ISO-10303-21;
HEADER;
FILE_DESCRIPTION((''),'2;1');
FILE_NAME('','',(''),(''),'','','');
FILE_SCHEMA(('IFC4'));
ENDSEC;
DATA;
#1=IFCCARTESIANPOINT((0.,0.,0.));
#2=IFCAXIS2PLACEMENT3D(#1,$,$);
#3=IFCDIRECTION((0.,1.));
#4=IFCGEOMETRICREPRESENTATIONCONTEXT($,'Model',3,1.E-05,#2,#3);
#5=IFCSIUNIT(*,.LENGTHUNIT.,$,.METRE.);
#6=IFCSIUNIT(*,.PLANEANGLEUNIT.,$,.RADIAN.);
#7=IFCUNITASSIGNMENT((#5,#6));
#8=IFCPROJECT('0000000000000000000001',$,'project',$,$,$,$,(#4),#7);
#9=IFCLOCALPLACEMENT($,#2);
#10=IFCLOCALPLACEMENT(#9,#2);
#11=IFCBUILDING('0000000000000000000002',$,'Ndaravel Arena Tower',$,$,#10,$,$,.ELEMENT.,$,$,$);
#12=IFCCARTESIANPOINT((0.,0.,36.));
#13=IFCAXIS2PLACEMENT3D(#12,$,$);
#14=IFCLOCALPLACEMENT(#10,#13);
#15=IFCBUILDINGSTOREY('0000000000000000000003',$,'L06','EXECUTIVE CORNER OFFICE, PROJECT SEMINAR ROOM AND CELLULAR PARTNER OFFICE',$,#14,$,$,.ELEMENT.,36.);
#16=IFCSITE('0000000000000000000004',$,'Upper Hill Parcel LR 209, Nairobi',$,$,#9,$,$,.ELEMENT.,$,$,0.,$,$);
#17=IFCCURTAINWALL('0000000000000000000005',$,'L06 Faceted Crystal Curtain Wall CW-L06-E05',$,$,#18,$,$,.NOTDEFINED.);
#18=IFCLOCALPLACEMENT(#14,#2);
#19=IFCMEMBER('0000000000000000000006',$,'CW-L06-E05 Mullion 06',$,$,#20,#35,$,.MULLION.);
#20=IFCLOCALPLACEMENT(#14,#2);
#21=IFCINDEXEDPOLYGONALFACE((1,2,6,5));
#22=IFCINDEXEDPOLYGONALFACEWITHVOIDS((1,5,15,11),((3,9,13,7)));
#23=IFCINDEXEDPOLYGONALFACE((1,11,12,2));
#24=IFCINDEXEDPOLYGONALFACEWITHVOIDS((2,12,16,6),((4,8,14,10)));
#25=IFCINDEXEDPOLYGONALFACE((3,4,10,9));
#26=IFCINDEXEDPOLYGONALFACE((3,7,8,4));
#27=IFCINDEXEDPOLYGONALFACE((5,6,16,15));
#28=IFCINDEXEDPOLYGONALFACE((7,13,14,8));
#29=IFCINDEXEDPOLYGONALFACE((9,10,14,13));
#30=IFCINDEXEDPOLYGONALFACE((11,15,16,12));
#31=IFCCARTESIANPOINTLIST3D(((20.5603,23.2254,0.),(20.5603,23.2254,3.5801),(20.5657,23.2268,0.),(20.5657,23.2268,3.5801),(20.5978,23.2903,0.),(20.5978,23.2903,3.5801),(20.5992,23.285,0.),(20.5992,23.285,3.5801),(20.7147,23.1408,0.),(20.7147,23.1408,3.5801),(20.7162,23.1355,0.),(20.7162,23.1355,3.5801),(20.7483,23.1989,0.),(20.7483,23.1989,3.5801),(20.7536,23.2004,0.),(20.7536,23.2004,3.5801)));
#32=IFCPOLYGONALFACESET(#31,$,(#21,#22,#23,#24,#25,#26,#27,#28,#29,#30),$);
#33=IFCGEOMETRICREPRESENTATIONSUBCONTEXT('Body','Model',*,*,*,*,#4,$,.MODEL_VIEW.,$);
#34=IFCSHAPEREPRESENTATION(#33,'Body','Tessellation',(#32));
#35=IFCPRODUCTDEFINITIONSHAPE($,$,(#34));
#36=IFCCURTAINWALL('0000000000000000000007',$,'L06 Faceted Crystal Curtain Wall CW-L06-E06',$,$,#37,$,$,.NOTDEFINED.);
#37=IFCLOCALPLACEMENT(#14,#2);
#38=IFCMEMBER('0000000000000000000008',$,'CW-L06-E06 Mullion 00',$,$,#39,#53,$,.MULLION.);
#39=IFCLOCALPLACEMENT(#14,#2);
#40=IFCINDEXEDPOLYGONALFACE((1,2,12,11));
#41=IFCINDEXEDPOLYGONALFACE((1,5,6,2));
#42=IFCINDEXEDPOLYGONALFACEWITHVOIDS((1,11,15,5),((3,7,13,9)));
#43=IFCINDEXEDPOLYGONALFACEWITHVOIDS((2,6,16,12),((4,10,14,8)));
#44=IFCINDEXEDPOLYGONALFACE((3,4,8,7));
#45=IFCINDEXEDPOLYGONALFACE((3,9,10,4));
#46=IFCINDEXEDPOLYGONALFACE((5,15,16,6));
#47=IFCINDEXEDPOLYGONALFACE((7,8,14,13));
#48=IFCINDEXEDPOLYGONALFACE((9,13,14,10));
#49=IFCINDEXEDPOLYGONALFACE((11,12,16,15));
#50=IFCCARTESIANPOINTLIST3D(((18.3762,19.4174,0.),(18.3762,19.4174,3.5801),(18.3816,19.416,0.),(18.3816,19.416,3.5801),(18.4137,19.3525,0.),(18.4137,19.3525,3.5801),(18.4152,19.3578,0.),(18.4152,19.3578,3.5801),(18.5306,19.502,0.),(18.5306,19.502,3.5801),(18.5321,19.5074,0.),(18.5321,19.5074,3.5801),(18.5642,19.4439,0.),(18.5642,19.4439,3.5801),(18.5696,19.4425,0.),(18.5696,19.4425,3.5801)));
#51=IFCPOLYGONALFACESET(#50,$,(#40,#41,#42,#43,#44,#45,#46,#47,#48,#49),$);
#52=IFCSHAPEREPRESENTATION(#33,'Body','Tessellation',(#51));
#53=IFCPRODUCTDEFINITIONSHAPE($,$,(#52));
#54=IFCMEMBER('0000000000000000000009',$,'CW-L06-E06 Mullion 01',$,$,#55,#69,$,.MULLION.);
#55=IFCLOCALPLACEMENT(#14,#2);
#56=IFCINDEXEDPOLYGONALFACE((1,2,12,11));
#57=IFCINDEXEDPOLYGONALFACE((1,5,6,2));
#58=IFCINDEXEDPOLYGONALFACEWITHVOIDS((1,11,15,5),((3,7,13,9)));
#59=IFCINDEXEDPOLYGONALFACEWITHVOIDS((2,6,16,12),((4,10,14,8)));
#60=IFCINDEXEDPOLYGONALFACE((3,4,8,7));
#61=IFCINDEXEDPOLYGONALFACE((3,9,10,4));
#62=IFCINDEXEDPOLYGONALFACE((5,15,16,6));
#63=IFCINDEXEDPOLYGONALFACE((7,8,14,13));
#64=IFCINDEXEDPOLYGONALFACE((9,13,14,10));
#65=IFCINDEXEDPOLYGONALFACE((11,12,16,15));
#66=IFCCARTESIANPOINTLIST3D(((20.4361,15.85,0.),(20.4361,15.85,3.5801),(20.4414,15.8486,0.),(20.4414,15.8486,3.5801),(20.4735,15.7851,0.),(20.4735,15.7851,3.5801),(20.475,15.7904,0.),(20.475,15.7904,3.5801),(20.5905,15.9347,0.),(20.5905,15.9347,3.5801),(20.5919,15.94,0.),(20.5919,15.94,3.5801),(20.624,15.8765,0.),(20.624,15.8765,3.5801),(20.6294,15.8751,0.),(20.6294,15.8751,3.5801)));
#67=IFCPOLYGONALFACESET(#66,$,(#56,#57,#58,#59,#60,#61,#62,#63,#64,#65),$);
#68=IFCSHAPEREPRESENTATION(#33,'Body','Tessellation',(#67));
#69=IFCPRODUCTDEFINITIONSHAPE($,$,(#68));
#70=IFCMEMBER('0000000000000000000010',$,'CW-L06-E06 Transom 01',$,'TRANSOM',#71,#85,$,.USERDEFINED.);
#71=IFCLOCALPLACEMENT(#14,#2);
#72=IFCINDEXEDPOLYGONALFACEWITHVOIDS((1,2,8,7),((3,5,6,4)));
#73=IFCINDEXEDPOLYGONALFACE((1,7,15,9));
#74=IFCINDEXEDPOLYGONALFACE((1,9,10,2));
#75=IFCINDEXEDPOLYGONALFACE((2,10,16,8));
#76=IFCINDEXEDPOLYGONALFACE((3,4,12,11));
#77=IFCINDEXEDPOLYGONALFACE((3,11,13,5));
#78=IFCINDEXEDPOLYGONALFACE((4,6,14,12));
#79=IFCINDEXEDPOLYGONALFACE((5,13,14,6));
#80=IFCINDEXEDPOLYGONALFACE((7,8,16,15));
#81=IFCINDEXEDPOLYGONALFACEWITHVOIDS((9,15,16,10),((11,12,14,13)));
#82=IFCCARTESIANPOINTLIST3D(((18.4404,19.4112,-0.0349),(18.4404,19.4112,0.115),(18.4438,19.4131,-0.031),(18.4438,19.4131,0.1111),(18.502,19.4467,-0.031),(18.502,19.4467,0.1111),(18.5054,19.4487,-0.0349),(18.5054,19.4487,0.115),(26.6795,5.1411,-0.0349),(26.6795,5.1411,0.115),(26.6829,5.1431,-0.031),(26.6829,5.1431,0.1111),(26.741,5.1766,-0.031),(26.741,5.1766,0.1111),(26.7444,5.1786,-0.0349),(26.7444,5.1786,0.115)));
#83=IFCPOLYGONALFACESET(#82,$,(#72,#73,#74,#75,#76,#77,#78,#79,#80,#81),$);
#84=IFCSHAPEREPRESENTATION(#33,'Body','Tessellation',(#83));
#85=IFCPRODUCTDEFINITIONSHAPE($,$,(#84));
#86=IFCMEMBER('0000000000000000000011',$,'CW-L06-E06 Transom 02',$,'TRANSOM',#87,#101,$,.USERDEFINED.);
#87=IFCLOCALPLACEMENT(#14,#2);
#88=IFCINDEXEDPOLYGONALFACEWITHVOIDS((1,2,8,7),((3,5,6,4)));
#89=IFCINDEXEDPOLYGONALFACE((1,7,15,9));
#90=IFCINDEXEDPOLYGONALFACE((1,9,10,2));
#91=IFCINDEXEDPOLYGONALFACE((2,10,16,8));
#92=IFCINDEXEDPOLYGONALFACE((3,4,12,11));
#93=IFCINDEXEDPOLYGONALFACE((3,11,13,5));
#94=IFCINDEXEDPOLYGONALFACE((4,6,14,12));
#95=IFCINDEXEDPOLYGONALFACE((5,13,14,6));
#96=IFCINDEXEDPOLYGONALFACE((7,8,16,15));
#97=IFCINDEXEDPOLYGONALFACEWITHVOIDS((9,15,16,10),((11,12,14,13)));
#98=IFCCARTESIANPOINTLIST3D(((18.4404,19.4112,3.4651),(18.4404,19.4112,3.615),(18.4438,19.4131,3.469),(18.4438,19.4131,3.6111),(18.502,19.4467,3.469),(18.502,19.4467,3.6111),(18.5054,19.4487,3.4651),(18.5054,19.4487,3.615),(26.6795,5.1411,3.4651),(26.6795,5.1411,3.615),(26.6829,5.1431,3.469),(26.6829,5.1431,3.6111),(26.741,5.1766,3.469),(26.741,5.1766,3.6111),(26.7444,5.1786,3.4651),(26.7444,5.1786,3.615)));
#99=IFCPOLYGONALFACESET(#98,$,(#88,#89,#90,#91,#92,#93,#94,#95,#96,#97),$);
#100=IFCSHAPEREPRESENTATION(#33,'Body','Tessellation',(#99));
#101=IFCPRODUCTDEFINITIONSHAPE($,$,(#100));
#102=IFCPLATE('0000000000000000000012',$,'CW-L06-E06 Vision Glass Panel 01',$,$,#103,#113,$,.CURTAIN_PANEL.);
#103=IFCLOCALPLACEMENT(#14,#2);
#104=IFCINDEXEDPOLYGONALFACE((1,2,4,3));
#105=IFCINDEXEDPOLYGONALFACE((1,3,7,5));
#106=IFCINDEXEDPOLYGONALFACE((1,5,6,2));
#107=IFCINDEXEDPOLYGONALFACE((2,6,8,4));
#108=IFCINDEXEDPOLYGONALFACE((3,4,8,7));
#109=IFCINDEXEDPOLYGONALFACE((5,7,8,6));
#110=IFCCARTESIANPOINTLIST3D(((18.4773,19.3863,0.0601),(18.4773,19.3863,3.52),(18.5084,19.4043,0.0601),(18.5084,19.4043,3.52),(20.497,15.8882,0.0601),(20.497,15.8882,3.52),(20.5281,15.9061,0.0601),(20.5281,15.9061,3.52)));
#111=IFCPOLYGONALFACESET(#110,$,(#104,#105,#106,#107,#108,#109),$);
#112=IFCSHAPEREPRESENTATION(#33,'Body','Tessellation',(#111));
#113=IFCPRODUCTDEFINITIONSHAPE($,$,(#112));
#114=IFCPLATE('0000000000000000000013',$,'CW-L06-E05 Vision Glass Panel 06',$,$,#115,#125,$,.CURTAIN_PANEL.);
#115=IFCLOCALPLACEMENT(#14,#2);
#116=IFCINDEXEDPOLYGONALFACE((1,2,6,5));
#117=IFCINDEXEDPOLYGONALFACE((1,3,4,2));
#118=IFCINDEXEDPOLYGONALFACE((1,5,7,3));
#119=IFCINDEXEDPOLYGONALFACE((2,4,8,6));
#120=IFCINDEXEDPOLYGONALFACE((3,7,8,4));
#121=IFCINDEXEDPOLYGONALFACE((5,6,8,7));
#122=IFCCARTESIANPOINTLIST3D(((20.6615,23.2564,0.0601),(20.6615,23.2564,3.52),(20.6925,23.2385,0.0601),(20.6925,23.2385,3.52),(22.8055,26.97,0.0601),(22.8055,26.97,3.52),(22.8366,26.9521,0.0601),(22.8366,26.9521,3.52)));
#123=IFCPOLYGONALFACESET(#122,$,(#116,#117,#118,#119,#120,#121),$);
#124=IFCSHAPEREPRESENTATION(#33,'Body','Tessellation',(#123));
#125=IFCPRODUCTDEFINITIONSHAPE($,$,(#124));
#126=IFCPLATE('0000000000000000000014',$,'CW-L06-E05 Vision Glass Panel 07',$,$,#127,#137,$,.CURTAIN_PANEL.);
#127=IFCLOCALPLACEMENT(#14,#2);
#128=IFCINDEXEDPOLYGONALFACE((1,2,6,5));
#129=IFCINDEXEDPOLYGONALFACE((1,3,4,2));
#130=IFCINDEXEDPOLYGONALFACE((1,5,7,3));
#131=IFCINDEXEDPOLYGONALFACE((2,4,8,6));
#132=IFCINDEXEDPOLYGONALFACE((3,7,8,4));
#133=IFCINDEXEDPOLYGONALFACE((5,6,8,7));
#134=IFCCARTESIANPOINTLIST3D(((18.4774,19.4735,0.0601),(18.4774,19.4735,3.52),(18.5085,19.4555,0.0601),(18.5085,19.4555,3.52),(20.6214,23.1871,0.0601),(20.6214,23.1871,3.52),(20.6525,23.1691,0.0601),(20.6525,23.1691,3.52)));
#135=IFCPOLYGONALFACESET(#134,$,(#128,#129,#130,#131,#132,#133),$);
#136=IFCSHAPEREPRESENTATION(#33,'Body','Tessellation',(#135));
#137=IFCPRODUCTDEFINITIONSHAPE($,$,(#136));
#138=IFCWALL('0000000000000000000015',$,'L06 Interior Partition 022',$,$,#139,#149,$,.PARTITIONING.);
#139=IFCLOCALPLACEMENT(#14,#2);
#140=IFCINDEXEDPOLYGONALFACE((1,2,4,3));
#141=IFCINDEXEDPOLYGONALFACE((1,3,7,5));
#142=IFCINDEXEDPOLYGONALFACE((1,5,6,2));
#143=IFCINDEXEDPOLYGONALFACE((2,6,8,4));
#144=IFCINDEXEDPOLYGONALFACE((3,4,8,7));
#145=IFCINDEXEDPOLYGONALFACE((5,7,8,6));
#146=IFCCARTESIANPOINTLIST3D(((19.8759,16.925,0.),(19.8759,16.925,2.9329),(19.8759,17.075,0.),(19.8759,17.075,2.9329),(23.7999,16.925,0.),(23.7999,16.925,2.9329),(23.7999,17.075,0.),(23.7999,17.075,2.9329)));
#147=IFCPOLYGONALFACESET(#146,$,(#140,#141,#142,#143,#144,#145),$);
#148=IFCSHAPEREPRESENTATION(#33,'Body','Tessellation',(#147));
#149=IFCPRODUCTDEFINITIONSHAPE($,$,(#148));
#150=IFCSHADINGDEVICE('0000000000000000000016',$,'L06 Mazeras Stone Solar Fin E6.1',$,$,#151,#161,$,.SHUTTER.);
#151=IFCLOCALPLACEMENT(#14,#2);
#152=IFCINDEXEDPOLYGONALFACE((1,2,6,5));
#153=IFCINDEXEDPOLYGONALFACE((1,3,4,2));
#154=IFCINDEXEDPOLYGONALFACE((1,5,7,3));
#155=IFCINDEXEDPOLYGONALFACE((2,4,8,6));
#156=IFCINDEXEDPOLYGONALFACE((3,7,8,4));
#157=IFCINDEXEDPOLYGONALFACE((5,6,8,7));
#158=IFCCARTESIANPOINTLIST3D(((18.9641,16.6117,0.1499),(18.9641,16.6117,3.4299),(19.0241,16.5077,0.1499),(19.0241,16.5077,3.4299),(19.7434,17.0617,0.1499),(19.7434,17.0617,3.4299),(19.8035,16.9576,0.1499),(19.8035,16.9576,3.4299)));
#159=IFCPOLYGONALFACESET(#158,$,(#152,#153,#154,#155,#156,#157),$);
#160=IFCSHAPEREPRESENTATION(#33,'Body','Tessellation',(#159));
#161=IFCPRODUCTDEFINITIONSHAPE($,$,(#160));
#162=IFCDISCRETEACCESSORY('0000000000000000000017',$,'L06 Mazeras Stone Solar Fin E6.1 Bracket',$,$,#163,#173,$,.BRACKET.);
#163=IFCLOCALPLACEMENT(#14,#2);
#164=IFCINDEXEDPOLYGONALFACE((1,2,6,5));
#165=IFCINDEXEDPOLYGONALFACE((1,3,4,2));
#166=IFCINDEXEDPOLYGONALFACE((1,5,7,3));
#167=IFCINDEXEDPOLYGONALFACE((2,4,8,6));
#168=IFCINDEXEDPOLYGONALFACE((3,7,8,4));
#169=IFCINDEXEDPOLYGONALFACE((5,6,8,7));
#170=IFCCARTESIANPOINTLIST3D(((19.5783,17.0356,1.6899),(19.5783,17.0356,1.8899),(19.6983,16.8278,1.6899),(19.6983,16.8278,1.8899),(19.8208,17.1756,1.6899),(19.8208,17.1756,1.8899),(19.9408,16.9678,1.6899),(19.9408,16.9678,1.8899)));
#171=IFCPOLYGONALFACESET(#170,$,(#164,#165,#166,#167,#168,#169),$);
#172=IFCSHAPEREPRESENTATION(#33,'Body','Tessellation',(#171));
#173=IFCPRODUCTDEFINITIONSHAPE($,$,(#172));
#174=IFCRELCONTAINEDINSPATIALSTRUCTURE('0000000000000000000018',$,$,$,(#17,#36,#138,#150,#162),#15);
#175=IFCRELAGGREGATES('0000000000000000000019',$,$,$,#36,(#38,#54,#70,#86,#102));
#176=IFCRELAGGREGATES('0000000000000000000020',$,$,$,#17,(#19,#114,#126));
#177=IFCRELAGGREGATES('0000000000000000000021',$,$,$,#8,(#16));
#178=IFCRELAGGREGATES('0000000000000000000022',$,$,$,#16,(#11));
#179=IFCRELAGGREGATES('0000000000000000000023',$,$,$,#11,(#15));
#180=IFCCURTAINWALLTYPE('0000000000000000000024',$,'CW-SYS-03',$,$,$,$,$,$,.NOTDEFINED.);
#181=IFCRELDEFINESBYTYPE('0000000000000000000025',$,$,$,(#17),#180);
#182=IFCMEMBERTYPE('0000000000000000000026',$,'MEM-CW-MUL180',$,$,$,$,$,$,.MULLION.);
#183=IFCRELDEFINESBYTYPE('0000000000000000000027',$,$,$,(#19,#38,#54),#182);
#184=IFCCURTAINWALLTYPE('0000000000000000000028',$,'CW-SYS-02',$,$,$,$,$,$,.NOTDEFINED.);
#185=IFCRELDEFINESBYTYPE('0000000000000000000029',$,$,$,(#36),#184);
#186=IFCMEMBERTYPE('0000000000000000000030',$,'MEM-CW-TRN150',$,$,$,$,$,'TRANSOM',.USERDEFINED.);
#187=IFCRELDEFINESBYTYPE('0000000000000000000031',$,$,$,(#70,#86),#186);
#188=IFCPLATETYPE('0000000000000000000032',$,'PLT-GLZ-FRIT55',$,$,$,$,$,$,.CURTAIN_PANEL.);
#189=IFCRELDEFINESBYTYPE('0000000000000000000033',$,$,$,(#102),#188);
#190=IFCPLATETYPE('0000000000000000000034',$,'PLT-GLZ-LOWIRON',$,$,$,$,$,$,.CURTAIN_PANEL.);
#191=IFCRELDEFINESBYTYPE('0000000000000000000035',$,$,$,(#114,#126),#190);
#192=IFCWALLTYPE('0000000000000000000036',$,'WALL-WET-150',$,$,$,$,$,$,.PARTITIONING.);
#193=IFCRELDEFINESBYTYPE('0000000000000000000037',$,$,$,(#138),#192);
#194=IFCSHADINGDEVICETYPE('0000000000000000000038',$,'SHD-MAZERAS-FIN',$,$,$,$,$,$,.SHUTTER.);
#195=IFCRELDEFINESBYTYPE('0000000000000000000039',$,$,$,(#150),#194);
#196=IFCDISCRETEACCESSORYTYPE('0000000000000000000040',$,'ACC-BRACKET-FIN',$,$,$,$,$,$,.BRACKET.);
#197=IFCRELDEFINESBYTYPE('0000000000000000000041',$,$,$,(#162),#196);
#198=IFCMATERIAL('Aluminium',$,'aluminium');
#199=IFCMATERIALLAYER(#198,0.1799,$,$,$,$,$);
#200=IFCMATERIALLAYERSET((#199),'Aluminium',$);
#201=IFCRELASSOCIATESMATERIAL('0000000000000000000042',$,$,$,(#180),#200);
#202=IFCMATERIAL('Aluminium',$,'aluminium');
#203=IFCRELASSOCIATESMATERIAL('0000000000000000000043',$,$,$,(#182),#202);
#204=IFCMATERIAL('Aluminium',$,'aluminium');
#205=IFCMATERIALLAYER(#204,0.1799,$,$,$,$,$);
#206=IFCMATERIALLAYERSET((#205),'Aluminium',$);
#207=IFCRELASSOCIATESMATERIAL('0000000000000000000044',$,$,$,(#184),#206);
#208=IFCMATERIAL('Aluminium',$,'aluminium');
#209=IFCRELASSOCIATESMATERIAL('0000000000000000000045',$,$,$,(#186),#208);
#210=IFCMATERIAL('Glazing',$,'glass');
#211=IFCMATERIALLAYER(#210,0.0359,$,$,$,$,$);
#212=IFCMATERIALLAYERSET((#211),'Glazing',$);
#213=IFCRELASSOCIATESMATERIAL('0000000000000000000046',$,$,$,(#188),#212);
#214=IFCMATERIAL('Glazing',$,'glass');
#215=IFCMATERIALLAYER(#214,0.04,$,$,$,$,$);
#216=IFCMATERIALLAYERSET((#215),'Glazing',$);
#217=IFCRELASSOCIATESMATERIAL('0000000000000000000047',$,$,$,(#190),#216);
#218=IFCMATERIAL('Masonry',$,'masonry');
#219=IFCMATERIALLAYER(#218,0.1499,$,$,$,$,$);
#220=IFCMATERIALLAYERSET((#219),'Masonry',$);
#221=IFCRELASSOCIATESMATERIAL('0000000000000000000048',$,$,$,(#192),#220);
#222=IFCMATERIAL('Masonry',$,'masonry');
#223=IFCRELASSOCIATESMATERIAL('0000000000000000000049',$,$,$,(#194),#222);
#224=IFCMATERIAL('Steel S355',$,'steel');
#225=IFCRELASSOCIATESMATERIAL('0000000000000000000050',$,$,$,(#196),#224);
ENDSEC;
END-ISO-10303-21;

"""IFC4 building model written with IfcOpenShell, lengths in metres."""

from ifc_helpers import new_model, si_unit, direction, frame, frame_2d, origin, origin_2d, place, context, subcontext, project, spatial, rectangle, hollow_rectangle, extrude, material, layer, layer_set, material_profile, profile_set, type_object, element, aggregate, save


model = new_model("IFC4")

# Units and contexts
model_context = context("Model", 3, precision=1e-05, world=origin(), true_north=direction((0.0, 1.0)))
body_context = subcontext(model_context, "Body", "Model", "MODEL_VIEW")
ifc_project = project(units=[si_unit("LENGTHUNIT", "METRE"), si_unit("PLANEANGLEUNIT", "RADIAN")], contexts=[model_context])

# Site, building, storey
site_placement = place(None, origin())
site = spatial("IfcSite", under=ifc_project, at=site_placement, Name="Upper Hill Parcel LR 209, Nairobi", CompositionType="ELEMENT", RefElevation=0.0)
building_placement = place(site_placement, origin())
building = spatial("IfcBuilding", under=site, at=building_placement, Name="Ndaravel Arena Tower", CompositionType="ELEMENT")
storey_placement = place(building_placement, frame((0.0, 0.0, 36.0)))
storey = spatial("IfcBuildingStorey", under=building, at=storey_placement, Name="L06", Description="EXECUTIVE CORNER OFFICE, PROJECT SEMINAR ROOM AND CELLULAR PARTNER OFFICE", CompositionType="ELEMENT", Elevation=36.0)

# Curtain wall, member
ifc_material_1 = material(Name="Aluminium", Category="aluminium")
ifc_layer_1 = layer(ifc_material_1, 0.1799)
ifc_layer_set_1 = layer_set([ifc_layer_1], Name="Aluminium")
curtain_wall_type_1 = type_object("IfcCurtainWallType", Name="CW-SYS-03", PredefinedType="NOTDEFINED", material=ifc_layer_set_1)
curtain_wall_1_placement = place(storey_placement, origin())
curtain_wall_1 = element("IfcCurtainWall", 1, at=curtain_wall_1_placement, inside=storey, type_object=curtain_wall_type_1, Name="L06 Faceted Crystal Curtain Wall CW-L06-E05", PredefinedType="NOTDEFINED")
ifc_material_2 = material(Name="Aluminium", Category="aluminium")
ifc_material_profile_1 = material_profile(ifc_material_2, hollow_rectangle(XDim=0.075, YDim=0.1799, WallThickness=0.0039, at=origin_2d()), Name="CW MULLION 75x180x4")
ifc_profile_set_1 = profile_set([ifc_material_profile_1], Name="Aluminium")
member_type_1 = type_object("IfcMemberType", Name="MEM-CW-MUL180", PredefinedType="MULLION", material=ifc_profile_set_1)
member_1_placement = place(storey_placement, frame((20.657, 23.2129, 0.0), z_axis=(0.0, 0.0, 1.0), x_axis=(-0.5, -0.866025, 0.0)))
member_1 = element("IfcMember", 2, at=member_1_placement, type_object=member_type_1, Name="CW-L06-E05 Mullion 06", PredefinedType="MULLION", context=body_context, shape_type="SweptSolid", body=[
    extrude(hollow_rectangle(XDim=0.075, YDim=0.1799, WallThickness=0.0039, at=origin_2d()), origin(), (0.0, 0.0, 1.0), 3.5801),
])

# Curtain wall, members, plate
ifc_material_3 = material(Name="Aluminium", Category="aluminium")
ifc_layer_2 = layer(ifc_material_3, 0.1799)
ifc_layer_set_2 = layer_set([ifc_layer_2], Name="Aluminium")
curtain_wall_type_2 = type_object("IfcCurtainWallType", Name="CW-SYS-02", PredefinedType="NOTDEFINED", material=ifc_layer_set_2)
curtain_wall_2_placement = place(storey_placement, origin())
curtain_wall_2 = element("IfcCurtainWall", 3, at=curtain_wall_2_placement, inside=storey, type_object=curtain_wall_type_2, Name="L06 Faceted Crystal Curtain Wall CW-L06-E06", PredefinedType="NOTDEFINED")
member_2_placement = place(storey_placement, frame((18.4729, 19.4299, 0.0), z_axis=(0.0, 0.0, 1.0), x_axis=(0.5, -0.866025, 0.0)))
member_2 = element("IfcMember", 4, at=member_2_placement, type_object=member_type_1, Name="CW-L06-E06 Mullion 00", PredefinedType="MULLION", context=body_context, shape_type="SweptSolid", body=[
    extrude(hollow_rectangle(XDim=0.075, YDim=0.1799, WallThickness=0.0039, at=origin_2d()), origin(), (0.0, 0.0, 1.0), 3.5801),
])
member_3_placement = place(storey_placement, frame((20.5327, 15.8625, 0.0), z_axis=(0.0, 0.0, 1.0), x_axis=(0.5, -0.866025, 0.0)))
member_3 = element("IfcMember", 5, at=member_3_placement, type_object=member_type_1, Name="CW-L06-E06 Mullion 01", PredefinedType="MULLION", context=body_context, shape_type="SweptSolid", body=[
    extrude(hollow_rectangle(XDim=0.075, YDim=0.1799, WallThickness=0.0039, at=origin_2d()), origin(), (0.0, 0.0, 1.0), 3.5801),
])
ifc_material_4 = material(Name="Aluminium", Category="aluminium")
ifc_material_profile_2 = material_profile(ifc_material_4, hollow_rectangle(XDim=0.075, YDim=0.1499, WallThickness=0.0039, at=origin_2d()), Name="CW TRANSOM 75x150x4")
ifc_profile_set_2 = profile_set([ifc_material_profile_2], Name="Aluminium")
member_type_2 = type_object("IfcMemberType", Name="MEM-CW-TRN150", ElementType="TRANSOM", PredefinedType="USERDEFINED", material=ifc_profile_set_2)
member_4_placement = place(storey_placement, frame((18.4729, 19.4299, 0.04), z_axis=(0.50001, -0.86602, 0.0), x_axis=(0.86602, 0.50001, 0.0)))
member_4 = element("IfcMember", 6, at=member_4_placement, type_object=member_type_2, Name="CW-L06-E06 Transom 01", ObjectType="TRANSOM", PredefinedType="USERDEFINED", context=body_context, shape_type="SweptSolid", body=[
    extrude(hollow_rectangle(XDim=0.075, YDim=0.1499, WallThickness=0.0039, at=origin_2d()), origin(), (0.0, 0.0, 1.0), 16.4778),
])
member_5_placement = place(storey_placement, frame((18.4729, 19.4299, 3.54), z_axis=(0.50001, -0.86602, 0.0), x_axis=(0.86602, 0.50001, 0.0)))
member_5 = element("IfcMember", 7, at=member_5_placement, type_object=member_type_2, Name="CW-L06-E06 Transom 02", ObjectType="TRANSOM", PredefinedType="USERDEFINED", context=body_context, shape_type="SweptSolid", body=[
    extrude(hollow_rectangle(XDim=0.075, YDim=0.1499, WallThickness=0.0039, at=origin_2d()), origin(), (0.0, 0.0, 1.0), 16.4778),
])
ifc_material_5 = material(Name="Glazing", Category="glass")
ifc_layer_3 = layer(ifc_material_5, 0.0359)
ifc_layer_set_3 = layer_set([ifc_layer_3], Name="Glazing")
plate_type_1 = type_object("IfcPlateType", Name="PLT-GLZ-FRIT55", PredefinedType="CURTAIN_PANEL", material=ifc_layer_set_3)
plate_1_placement = place(storey_placement, frame((19.5027, 17.6462, 0.0601), z_axis=(0.0, 0.0, 1.0), x_axis=(0.5, -0.866025, 0.0)))
plate_1 = element("IfcPlate", 8, at=plate_1_placement, type_object=plate_type_1, Name="CW-L06-E06 Vision Glass Panel 01", PredefinedType="CURTAIN_PANEL", context=body_context, shape_type="SweptSolid", body=[
    extrude(rectangle(XDim=4.0393, YDim=0.0359, at=origin_2d()), origin(), (0.0, 0.0, 1.0), 3.46),
])
aggregate(curtain_wall_2, [member_2, member_3, member_4, member_5, plate_1])

# Plates
ifc_material_6 = material(Name="Glazing", Category="glass")
ifc_layer_4 = layer(ifc_material_6, 0.04)
ifc_layer_set_4 = layer_set([ifc_layer_4], Name="Glazing")
plate_type_2 = type_object("IfcPlateType", Name="PLT-GLZ-LOWIRON", PredefinedType="CURTAIN_PANEL", material=ifc_layer_set_4)
plate_2_placement = place(storey_placement, frame((21.749, 25.1042, 0.0601), z_axis=(0.0, 0.0, 1.0), x_axis=(-0.5, -0.866025, 0.0)))
plate_2 = element("IfcPlate", 9, at=plate_2_placement, type_object=plate_type_2, Name="CW-L06-E05 Vision Glass Panel 06", PredefinedType="CURTAIN_PANEL", context=body_context, shape_type="SweptSolid", body=[
    extrude(rectangle(XDim=4.2881, YDim=0.0359, at=origin_2d()), origin(), (0.0, 0.0, 1.0), 3.46),
])
plate_3_placement = place(storey_placement, frame((19.5649, 21.3213, 0.0601), z_axis=(0.0, 0.0, 1.0), x_axis=(-0.5, -0.866025, 0.0)))
plate_3 = element("IfcPlate", 10, at=plate_3_placement, type_object=plate_type_2, Name="CW-L06-E05 Vision Glass Panel 07", PredefinedType="CURTAIN_PANEL", context=body_context, shape_type="SweptSolid", body=[
    extrude(rectangle(XDim=4.2881, YDim=0.0359, at=origin_2d()), origin(), (0.0, 0.0, 1.0), 3.46),
])
aggregate(curtain_wall_1, [member_1, plate_2, plate_3])

# Wall
ifc_material_7 = material(Name="Masonry", Category="masonry")
ifc_layer_5 = layer(ifc_material_7, 0.1499)
ifc_layer_set_5 = layer_set([ifc_layer_5], Name="Masonry")
wall_type = type_object("IfcWallType", Name="WALL-WET-150", PredefinedType="PARTITIONING", material=ifc_layer_set_5)
wall_placement = place(storey_placement, frame((19.876, 17.0, 0.0), z_axis=(0.0, 0.0, 1.0), x_axis=(1.0, 0.0, 0.0)))
element("IfcWall", 11, at=wall_placement, inside=storey, type_object=wall_type, Name="L06 Interior Partition 022", PredefinedType="PARTITIONING", context=body_context, shape_type="SweptSolid", body=[
    extrude(rectangle(XDim=3.9241, YDim=0.1499, at=frame_2d((1.9619, 0.0))), origin(), (0.0, 0.0, 1.0), 2.9329),
])

# Shading device
ifc_material_8 = material(Name="Masonry", Category="masonry")
shading_device_type = type_object("IfcShadingDeviceType", Name="SHD-MAZERAS-FIN", PredefinedType="SHUTTER", material=ifc_material_8)
shading_device_placement = place(storey_placement, frame((19.3838, 16.7847, 0.1499), z_axis=(0.0, 0.0, 1.0), x_axis=(-0.866025, -0.5, 0.0)))
element("IfcShadingDevice", 12, at=shading_device_placement, inside=storey, type_object=shading_device_type, Name="L06 Mazeras Stone Solar Fin E6.1", PredefinedType="SHUTTER", context=body_context, shape_type="SweptSolid", body=[
    extrude(rectangle(XDim=0.8999, YDim=0.1201, at=origin_2d()), origin(), (0.0, 0.0, 1.0), 3.28),
])

# Discrete accessory
ifc_material_9 = material(Name="Steel S355", Category="steel")
discrete_accessory_type = type_object("IfcDiscreteAccessoryType", Name="ACC-BRACKET-FIN", PredefinedType="BRACKET", material=ifc_material_9)
discrete_accessory_placement = place(storey_placement, frame((19.7595, 17.0017, 1.6899), z_axis=(0.0, 0.0, 1.0), x_axis=(-0.866025, -0.5, 0.0)))
element("IfcDiscreteAccessory", 13, at=discrete_accessory_placement, inside=storey, type_object=discrete_accessory_type, Name="L06 Mazeras Stone Solar Fin E6.1 Bracket", PredefinedType="BRACKET", context=body_context, shape_type="SweptSolid", body=[
    extrude(rectangle(XDim=0.28, YDim=0.24, at=origin_2d()), origin(), (0.0, 0.0, 1.0), 0.2),
])

save(model, "model.ifc")
